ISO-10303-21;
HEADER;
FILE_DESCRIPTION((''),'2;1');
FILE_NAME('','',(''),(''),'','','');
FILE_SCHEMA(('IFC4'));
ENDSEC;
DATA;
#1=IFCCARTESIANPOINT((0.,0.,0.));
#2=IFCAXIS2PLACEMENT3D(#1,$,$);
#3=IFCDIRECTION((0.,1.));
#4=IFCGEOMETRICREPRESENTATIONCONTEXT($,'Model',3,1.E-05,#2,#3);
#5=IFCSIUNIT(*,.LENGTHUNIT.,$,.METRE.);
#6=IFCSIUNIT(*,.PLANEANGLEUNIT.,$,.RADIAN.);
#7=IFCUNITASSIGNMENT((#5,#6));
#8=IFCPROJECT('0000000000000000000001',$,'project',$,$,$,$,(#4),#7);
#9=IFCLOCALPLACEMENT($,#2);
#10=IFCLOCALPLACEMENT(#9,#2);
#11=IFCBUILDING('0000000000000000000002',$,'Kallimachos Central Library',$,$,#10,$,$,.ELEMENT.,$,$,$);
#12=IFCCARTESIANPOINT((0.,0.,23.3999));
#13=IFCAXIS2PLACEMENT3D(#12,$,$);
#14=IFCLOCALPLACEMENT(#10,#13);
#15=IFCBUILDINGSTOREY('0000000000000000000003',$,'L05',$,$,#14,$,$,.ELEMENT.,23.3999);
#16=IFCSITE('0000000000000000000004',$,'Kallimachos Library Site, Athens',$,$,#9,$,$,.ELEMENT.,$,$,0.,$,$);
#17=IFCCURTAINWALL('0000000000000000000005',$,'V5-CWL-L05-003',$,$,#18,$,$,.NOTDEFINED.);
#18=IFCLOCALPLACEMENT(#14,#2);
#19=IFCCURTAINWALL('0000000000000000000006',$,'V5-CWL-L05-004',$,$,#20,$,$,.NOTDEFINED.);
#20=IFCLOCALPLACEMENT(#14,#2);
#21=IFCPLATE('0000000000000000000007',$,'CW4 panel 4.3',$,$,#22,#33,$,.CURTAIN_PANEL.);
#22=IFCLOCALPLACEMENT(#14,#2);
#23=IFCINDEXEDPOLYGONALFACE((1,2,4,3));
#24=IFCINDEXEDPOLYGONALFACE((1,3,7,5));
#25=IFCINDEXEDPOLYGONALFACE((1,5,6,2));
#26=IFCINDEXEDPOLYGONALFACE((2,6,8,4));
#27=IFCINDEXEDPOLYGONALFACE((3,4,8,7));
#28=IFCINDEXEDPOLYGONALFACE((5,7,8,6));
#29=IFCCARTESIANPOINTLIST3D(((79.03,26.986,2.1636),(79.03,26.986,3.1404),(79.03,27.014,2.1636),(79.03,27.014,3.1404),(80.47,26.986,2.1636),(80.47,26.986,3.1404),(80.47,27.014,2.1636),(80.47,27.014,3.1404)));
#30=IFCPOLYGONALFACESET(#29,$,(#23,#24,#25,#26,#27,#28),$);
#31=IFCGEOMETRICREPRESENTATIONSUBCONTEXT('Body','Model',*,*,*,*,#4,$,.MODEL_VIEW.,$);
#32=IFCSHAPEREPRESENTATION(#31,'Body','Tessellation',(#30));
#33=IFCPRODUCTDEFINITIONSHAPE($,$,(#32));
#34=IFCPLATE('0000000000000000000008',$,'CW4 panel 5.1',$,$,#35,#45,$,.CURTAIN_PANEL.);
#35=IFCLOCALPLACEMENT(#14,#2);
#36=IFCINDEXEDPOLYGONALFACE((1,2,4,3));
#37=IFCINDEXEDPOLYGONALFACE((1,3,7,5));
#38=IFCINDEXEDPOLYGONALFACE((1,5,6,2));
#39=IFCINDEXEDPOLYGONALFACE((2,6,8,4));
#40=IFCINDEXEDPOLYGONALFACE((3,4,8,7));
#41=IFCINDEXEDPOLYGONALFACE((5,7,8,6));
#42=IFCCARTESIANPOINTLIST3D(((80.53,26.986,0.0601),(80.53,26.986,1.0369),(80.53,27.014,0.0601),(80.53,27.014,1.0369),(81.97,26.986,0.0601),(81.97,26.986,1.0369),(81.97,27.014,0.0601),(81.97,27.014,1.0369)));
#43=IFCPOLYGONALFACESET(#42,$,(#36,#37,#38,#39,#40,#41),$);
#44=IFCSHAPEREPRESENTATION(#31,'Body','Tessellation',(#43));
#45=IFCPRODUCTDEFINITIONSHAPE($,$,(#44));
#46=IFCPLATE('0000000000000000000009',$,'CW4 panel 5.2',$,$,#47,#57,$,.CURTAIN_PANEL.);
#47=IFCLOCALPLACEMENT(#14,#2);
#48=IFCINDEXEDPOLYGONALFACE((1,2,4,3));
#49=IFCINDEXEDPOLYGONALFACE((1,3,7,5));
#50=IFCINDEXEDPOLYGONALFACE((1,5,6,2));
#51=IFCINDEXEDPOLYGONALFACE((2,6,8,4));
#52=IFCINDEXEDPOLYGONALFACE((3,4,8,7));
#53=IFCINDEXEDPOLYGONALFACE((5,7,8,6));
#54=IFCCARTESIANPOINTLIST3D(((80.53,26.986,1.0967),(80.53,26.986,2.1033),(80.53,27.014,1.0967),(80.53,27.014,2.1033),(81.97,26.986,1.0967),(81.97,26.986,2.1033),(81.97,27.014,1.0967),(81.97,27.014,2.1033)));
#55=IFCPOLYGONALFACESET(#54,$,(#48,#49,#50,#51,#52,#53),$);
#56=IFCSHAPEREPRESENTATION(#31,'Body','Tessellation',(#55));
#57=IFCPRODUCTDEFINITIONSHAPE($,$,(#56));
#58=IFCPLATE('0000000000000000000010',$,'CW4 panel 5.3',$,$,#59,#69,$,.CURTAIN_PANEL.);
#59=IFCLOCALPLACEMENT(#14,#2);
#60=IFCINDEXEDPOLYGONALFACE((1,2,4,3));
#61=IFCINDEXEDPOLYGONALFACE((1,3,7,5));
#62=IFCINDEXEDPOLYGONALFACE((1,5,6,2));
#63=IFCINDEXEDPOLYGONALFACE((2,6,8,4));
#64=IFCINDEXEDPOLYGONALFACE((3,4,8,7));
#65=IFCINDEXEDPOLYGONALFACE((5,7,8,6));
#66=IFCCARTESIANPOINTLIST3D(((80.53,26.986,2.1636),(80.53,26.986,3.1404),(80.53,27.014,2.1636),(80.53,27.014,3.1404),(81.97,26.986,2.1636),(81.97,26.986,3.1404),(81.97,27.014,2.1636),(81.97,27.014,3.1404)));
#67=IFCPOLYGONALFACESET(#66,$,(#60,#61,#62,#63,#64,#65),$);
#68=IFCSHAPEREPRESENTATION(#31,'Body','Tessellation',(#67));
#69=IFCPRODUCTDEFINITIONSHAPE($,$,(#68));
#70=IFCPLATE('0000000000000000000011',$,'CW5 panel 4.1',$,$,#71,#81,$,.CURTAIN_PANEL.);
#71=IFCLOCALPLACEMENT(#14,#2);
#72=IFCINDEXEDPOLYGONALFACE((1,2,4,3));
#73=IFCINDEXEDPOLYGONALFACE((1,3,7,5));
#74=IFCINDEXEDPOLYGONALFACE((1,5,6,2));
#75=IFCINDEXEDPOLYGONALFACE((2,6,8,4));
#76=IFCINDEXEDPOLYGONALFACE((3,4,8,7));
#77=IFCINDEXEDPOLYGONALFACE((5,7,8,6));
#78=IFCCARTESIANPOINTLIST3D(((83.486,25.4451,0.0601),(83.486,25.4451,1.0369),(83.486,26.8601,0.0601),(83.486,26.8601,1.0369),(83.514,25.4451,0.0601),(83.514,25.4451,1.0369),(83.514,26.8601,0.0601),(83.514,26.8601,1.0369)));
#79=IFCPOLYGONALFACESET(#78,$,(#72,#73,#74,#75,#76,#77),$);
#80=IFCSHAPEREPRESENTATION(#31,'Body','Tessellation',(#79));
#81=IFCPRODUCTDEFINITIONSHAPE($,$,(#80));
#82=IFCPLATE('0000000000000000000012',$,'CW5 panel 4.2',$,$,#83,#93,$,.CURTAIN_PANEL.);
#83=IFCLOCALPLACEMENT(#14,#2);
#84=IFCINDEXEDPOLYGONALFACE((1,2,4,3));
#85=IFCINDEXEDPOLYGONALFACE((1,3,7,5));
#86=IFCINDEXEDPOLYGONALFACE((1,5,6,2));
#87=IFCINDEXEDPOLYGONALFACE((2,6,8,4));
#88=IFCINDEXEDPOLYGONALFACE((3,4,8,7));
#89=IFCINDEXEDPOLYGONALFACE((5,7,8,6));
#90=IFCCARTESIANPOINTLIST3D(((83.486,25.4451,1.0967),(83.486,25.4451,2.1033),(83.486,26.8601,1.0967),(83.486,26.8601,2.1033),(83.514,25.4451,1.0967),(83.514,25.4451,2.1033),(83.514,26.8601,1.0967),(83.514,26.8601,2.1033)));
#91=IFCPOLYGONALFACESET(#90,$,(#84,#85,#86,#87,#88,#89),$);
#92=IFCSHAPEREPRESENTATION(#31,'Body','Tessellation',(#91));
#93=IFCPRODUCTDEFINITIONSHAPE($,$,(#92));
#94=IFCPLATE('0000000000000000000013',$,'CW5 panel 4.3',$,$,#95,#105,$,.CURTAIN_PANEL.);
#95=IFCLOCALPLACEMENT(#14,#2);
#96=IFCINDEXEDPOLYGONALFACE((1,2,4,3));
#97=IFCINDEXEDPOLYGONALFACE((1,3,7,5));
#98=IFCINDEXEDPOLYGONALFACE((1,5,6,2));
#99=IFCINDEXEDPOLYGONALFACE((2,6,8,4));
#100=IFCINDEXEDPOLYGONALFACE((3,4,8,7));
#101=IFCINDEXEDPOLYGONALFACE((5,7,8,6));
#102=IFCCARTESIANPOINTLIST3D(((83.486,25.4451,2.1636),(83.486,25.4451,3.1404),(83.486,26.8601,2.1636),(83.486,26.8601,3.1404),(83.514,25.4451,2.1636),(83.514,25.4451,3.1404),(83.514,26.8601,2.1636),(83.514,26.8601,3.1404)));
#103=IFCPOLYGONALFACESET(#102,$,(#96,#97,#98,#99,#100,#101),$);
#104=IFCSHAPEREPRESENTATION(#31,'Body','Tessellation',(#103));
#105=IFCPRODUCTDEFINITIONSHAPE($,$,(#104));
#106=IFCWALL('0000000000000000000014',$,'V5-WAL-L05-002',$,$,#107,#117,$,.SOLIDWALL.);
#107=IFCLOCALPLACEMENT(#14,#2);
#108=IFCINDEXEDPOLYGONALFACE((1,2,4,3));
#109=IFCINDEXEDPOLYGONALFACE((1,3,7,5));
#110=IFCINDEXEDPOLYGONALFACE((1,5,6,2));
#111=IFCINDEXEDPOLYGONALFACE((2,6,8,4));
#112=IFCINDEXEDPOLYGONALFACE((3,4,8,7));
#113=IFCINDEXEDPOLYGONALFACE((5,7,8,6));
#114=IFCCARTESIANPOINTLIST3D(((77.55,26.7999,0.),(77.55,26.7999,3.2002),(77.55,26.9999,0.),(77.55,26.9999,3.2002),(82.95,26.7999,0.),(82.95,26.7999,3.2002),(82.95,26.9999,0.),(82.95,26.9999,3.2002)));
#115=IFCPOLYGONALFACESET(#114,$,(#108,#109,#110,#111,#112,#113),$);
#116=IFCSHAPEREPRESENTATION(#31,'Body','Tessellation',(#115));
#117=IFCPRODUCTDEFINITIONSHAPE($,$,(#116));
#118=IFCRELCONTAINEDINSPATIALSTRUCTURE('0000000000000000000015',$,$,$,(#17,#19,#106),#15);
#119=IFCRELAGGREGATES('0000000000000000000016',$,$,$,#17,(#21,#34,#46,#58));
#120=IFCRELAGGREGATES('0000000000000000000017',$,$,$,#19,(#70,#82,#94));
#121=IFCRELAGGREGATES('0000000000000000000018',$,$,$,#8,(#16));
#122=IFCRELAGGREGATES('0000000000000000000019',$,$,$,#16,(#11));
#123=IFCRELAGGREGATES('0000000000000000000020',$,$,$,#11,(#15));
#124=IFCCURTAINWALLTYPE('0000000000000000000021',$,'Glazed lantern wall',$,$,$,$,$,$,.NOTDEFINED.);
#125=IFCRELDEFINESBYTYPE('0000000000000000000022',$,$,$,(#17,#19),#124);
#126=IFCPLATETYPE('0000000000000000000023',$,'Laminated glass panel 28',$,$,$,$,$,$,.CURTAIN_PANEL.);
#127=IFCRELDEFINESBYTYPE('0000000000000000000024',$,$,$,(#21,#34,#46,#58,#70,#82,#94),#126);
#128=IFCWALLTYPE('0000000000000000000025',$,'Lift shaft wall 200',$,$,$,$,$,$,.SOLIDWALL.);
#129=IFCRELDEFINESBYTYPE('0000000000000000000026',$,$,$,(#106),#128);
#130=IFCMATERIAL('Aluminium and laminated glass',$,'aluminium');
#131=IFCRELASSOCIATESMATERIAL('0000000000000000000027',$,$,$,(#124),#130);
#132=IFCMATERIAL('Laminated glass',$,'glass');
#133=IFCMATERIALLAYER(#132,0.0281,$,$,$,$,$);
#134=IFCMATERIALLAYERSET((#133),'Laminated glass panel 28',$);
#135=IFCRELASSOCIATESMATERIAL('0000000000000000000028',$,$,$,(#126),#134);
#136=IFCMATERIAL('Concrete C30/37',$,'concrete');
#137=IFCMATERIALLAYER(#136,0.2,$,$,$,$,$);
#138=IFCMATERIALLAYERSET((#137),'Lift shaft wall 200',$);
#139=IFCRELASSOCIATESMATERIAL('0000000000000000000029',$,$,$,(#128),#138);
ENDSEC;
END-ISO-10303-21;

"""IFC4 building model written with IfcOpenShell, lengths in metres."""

from ifc_helpers import new_model, si_unit, direction, frame, frame_2d, origin, origin_2d, place, context, subcontext, project, spatial, rectangle, extrude, material, layer, layer_set, type_object, element, aggregate, save


model = new_model("IFC4")

# Units and contexts
model_context = context("Model", 3, precision=1e-05, world=origin(), true_north=direction((0.0, 1.0)))
body_context = subcontext(model_context, "Body", "Model", "MODEL_VIEW")
ifc_project = project(units=[si_unit("LENGTHUNIT", "METRE"), si_unit("PLANEANGLEUNIT", "RADIAN")], contexts=[model_context])

# Site, building, storey
site_placement = place(None, origin())
site = spatial("IfcSite", under=ifc_project, at=site_placement, Name="Kallimachos Library Site, Athens", CompositionType="ELEMENT", RefElevation=0.0)
building_placement = place(site_placement, origin())
building = spatial("IfcBuilding", under=site, at=building_placement, Name="Kallimachos Central Library", CompositionType="ELEMENT")
storey_placement = place(building_placement, frame((0.0, 0.0, 23.3999)))
storey = spatial("IfcBuildingStorey", under=building, at=storey_placement, Name="L05", CompositionType="ELEMENT", Elevation=23.3999)

# Curtain wall
ifc_material_1 = material(Name="Aluminium and laminated glass", Category="aluminium")
curtain_wall_type = type_object("IfcCurtainWallType", Name="Glazed lantern wall", PredefinedType="NOTDEFINED", material=ifc_material_1)
curtain_wall_1_placement = place(storey_placement, origin())
curtain_wall_1 = element("IfcCurtainWall", 1, at=curtain_wall_1_placement, inside=storey, type_object=curtain_wall_type, Name="V5-CWL-L05-003", PredefinedType="NOTDEFINED")

# Curtain wall
curtain_wall_2_placement = place(storey_placement, origin())
curtain_wall_2 = element("IfcCurtainWall", 2, at=curtain_wall_2_placement, inside=storey, type_object=curtain_wall_type, Name="V5-CWL-L05-004", PredefinedType="NOTDEFINED")

# Plates
ifc_material_2 = material(Name="Laminated glass", Category="glass")
ifc_layer_1 = layer(ifc_material_2, 0.0281)
ifc_layer_set_1 = layer_set([ifc_layer_1], Name="Laminated glass panel 28")
plate_type = type_object("IfcPlateType", Name="Laminated glass panel 28", PredefinedType="CURTAIN_PANEL", material=ifc_layer_set_1)
plate_1_placement = place(storey_placement, frame((79.75, 27.0, 2.1636), z_axis=(0.0, 0.0, 1.0), x_axis=(1.0, 0.0, 0.0)))
plate_1 = element("IfcPlate", 3, at=plate_1_placement, type_object=plate_type, Name="CW4 panel 4.3", PredefinedType="CURTAIN_PANEL", context=body_context, shape_type="SweptSolid", body=[
    extrude(rectangle(XDim=1.4399, YDim=0.0281, at=origin_2d()), origin(), (0.0, 0.0, 1.0), 0.9768),
])
plate_2_placement = place(storey_placement, frame((81.25, 27.0, 0.0601), z_axis=(0.0, 0.0, 1.0), x_axis=(1.0, 0.0, 0.0)))
plate_2 = element("IfcPlate", 4, at=plate_2_placement, type_object=plate_type, Name="CW4 panel 5.1", PredefinedType="CURTAIN_PANEL", context=body_context, shape_type="SweptSolid", body=[
    extrude(rectangle(XDim=1.4399, YDim=0.0281, at=origin_2d()), origin(), (0.0, 0.0, 1.0), 0.9768),
])
plate_3_placement = place(storey_placement, frame((81.25, 27.0, 1.0967), z_axis=(0.0, 0.0, 1.0), x_axis=(1.0, 0.0, 0.0)))
plate_3 = element("IfcPlate", 5, at=plate_3_placement, type_object=plate_type, Name="CW4 panel 5.2", PredefinedType="CURTAIN_PANEL", context=body_context, shape_type="SweptSolid", body=[
    extrude(rectangle(XDim=1.4399, YDim=0.0281, at=origin_2d()), origin(), (0.0, 0.0, 1.0), 1.0066),
])
plate_4_placement = place(storey_placement, frame((81.25, 27.0, 2.1636), z_axis=(0.0, 0.0, 1.0), x_axis=(1.0, 0.0, 0.0)))
plate_4 = element("IfcPlate", 6, at=plate_4_placement, type_object=plate_type, Name="CW4 panel 5.3", PredefinedType="CURTAIN_PANEL", context=body_context, shape_type="SweptSolid", body=[
    extrude(rectangle(XDim=1.4399, YDim=0.0281, at=origin_2d()), origin(), (0.0, 0.0, 1.0), 0.9768),
])
aggregate(curtain_wall_1, [plate_1, plate_2, plate_3, plate_4])
plate_5_placement = place(storey_placement, frame((83.5, 26.1526, 0.0601), z_axis=(0.0, 0.0, 1.0), x_axis=(0.0, 1.0, 0.0)))
plate_5 = element("IfcPlate", 7, at=plate_5_placement, type_object=plate_type, Name="CW5 panel 4.1", PredefinedType="CURTAIN_PANEL", context=body_context, shape_type="SweptSolid", body=[
    extrude(rectangle(XDim=1.415, YDim=0.0281, at=origin_2d()), origin(), (0.0, 0.0, 1.0), 0.9768),
])
plate_6_placement = place(storey_placement, frame((83.5, 26.1526, 1.0967), z_axis=(0.0, 0.0, 1.0), x_axis=(0.0, 1.0, 0.0)))
plate_6 = element("IfcPlate", 8, at=plate_6_placement, type_object=plate_type, Name="CW5 panel 4.2", PredefinedType="CURTAIN_PANEL", context=body_context, shape_type="SweptSolid", body=[
    extrude(rectangle(XDim=1.415, YDim=0.0281, at=origin_2d()), origin(), (0.0, 0.0, 1.0), 1.0066),
])
plate_7_placement = place(storey_placement, frame((83.5, 26.1526, 2.1636), z_axis=(0.0, 0.0, 1.0), x_axis=(0.0, 1.0, 0.0)))
plate_7 = element("IfcPlate", 9, at=plate_7_placement, type_object=plate_type, Name="CW5 panel 4.3", PredefinedType="CURTAIN_PANEL", context=body_context, shape_type="SweptSolid", body=[
    extrude(rectangle(XDim=1.415, YDim=0.0281, at=origin_2d()), origin(), (0.0, 0.0, 1.0), 0.9768),
])
aggregate(curtain_wall_2, [plate_5, plate_6, plate_7])

# Wall
ifc_material_3 = material(Name="Concrete C30/37", Category="concrete")
ifc_layer_2 = layer(ifc_material_3, 0.2)
ifc_layer_set_2 = layer_set([ifc_layer_2], Name="Lift shaft wall 200")
wall_type = type_object("IfcWallType", Name="Lift shaft wall 200", PredefinedType="SOLIDWALL", material=ifc_layer_set_2)
wall_placement = place(storey_placement, frame((77.55, 26.8999, 0.0), z_axis=(0.0, 0.0, 1.0), x_axis=(1.0, 0.0, 0.0)))
element("IfcWall", 10, at=wall_placement, inside=storey, type_object=wall_type, Name="V5-WAL-L05-002", PredefinedType="SOLIDWALL", context=body_context, shape_type="SweptSolid", body=[
    extrude(rectangle(XDim=5.3999, YDim=0.2, at=frame_2d((2.7, 0.0))), origin(), (0.0, 0.0, 1.0), 3.2002),
])

save(model, "model.ifc")
